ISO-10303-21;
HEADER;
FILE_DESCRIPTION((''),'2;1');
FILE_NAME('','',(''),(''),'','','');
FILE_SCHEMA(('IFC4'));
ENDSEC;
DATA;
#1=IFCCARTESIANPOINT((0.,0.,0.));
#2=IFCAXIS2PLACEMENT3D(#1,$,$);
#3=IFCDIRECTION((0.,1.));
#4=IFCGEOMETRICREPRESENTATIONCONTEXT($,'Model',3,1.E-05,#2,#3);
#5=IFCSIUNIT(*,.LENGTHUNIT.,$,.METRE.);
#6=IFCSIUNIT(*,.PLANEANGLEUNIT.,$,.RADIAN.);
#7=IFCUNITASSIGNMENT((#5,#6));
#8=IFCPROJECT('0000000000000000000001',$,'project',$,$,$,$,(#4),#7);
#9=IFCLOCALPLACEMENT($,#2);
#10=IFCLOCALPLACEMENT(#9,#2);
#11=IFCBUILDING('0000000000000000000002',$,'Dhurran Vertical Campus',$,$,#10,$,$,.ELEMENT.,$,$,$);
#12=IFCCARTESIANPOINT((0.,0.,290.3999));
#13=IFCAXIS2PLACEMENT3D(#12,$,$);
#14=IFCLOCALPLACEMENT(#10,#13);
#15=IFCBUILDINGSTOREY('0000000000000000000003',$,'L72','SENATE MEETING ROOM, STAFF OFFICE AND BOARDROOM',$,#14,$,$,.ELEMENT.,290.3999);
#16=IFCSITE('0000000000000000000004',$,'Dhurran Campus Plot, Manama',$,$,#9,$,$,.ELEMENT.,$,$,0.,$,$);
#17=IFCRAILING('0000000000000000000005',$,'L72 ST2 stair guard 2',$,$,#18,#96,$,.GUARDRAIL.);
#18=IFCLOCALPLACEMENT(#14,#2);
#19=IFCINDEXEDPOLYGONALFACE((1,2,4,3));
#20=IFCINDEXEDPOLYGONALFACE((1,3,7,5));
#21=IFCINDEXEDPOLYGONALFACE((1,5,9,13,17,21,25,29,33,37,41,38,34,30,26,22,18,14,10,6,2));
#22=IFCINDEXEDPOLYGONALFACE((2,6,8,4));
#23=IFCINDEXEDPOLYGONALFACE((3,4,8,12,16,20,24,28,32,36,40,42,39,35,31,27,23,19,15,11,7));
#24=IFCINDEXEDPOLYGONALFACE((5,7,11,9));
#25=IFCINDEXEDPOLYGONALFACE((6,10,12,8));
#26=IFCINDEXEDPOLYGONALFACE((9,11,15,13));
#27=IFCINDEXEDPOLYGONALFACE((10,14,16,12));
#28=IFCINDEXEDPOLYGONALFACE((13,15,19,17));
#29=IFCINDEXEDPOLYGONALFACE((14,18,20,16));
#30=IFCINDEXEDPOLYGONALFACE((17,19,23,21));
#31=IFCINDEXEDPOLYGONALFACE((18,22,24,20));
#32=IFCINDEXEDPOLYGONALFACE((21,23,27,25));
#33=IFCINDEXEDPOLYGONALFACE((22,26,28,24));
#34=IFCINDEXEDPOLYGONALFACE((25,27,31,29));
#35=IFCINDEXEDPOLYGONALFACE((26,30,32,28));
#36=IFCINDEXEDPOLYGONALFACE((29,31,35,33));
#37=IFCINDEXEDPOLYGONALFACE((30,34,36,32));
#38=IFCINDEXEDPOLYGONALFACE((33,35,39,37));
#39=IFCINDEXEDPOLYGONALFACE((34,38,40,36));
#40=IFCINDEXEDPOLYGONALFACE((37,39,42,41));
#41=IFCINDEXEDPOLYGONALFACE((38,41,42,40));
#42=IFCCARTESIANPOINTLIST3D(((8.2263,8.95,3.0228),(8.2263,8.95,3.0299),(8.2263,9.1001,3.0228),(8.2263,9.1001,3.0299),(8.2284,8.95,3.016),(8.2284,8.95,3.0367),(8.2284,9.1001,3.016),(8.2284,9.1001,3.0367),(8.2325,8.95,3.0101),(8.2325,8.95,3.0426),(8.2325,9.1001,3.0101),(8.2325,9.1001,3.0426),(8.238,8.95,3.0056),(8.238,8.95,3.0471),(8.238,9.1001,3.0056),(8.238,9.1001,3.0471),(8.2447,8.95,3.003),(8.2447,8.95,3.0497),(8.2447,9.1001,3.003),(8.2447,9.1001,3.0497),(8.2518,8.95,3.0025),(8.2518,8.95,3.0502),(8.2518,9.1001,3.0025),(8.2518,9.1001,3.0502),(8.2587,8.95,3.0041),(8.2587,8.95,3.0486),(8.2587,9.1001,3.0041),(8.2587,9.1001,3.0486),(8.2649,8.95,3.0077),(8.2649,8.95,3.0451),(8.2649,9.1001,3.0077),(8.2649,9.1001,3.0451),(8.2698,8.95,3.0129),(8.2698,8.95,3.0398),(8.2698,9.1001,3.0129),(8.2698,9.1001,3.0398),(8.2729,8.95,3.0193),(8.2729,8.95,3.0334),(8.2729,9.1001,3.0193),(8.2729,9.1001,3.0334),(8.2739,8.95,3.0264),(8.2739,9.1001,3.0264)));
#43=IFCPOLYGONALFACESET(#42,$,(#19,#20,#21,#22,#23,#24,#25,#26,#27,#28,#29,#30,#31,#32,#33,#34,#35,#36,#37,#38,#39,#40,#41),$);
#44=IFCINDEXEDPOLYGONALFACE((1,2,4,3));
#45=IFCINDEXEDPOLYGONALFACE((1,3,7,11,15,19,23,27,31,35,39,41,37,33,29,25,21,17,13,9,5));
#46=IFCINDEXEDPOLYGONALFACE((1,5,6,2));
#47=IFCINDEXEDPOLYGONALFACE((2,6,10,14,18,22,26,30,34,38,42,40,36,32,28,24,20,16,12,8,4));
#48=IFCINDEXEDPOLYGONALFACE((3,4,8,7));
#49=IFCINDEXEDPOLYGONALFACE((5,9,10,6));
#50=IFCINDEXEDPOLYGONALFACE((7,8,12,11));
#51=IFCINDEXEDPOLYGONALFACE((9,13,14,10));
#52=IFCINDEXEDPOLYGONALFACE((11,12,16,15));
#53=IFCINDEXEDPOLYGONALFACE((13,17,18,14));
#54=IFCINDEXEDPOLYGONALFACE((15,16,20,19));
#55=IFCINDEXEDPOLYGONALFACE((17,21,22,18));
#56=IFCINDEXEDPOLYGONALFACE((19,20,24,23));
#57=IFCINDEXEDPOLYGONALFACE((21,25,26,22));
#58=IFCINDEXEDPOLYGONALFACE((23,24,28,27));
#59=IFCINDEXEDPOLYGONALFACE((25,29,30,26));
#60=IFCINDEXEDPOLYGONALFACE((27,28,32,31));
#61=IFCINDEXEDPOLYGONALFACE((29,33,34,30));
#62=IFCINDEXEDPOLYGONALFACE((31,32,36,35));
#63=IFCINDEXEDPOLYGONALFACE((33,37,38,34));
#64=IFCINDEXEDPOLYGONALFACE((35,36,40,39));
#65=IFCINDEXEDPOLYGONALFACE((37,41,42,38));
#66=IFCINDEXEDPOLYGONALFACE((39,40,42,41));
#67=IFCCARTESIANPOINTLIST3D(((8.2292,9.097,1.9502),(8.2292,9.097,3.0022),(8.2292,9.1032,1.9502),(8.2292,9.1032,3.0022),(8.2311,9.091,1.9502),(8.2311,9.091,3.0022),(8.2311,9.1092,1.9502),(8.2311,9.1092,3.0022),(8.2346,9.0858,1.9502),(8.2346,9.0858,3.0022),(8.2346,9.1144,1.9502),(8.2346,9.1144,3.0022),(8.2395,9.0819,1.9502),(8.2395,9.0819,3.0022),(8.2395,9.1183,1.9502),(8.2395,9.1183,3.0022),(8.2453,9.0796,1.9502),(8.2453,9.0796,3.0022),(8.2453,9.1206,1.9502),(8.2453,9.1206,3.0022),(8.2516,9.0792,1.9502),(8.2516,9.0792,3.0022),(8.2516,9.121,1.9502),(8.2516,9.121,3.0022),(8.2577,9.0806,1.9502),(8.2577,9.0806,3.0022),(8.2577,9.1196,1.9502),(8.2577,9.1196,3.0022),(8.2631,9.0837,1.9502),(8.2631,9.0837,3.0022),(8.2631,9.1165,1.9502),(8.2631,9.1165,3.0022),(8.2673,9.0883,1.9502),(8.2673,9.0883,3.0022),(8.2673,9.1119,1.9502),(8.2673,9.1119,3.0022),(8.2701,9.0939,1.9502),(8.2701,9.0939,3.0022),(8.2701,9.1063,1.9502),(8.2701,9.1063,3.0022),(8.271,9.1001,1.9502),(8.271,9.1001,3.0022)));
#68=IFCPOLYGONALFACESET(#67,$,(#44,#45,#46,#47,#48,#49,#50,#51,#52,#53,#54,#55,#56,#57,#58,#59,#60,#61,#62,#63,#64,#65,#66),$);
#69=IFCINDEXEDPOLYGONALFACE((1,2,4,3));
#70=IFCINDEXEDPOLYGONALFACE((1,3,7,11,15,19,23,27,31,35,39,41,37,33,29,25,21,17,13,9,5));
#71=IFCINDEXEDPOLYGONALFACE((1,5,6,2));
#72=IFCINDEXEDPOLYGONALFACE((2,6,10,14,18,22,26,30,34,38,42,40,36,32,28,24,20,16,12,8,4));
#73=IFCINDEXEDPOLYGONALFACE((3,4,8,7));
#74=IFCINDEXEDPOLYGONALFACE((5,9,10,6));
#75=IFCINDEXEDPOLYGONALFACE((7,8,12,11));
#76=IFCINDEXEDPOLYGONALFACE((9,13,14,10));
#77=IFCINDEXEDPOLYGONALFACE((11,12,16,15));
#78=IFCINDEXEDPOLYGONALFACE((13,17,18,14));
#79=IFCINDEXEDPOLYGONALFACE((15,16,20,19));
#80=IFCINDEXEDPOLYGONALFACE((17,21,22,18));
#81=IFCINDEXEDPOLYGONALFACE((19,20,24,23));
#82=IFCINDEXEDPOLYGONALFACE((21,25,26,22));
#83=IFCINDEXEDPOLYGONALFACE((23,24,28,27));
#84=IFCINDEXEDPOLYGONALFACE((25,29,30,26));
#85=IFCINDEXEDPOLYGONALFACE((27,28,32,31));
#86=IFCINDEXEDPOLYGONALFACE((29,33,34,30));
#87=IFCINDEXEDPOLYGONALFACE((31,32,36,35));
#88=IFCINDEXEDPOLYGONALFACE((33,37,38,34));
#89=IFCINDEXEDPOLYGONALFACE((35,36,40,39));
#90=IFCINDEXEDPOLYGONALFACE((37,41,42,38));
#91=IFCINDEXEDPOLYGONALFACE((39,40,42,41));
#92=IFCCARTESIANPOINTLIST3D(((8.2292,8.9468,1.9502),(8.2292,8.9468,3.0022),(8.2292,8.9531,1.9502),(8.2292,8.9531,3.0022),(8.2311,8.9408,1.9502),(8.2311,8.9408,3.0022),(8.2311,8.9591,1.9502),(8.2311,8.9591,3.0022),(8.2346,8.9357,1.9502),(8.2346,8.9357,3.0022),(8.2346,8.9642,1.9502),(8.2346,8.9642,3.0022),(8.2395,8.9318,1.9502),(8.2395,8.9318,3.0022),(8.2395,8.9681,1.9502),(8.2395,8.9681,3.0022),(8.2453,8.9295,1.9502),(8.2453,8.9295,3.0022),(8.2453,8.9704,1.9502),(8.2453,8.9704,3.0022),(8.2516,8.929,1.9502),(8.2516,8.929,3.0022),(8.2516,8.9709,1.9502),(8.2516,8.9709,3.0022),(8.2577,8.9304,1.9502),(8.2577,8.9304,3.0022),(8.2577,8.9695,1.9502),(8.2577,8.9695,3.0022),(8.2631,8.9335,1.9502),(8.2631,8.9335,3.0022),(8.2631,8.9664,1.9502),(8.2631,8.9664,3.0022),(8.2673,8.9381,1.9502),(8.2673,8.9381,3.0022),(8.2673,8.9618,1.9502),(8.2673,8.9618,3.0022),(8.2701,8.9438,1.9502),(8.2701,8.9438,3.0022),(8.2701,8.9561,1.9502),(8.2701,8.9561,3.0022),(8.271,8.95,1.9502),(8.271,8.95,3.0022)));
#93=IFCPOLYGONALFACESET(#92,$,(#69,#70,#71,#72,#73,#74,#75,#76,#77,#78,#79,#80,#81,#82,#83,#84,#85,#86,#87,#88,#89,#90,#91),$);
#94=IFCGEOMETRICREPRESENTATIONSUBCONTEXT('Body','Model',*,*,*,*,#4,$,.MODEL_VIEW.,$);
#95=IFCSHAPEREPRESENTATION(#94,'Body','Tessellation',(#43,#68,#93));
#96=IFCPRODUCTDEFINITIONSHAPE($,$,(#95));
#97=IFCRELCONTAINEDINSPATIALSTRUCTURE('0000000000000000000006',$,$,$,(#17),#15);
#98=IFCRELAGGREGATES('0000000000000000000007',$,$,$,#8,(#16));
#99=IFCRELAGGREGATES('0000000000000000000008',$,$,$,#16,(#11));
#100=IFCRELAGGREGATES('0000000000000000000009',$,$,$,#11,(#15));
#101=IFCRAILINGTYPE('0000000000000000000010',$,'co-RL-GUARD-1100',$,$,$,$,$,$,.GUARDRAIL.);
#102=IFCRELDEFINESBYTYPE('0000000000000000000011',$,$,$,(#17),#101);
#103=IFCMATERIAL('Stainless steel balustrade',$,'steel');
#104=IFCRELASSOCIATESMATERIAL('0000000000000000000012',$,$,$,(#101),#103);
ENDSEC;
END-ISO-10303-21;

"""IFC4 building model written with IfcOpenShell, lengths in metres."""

from ifc_helpers import new_model, si_unit, direction, frame, origin, origin_2d, place, context, subcontext, project, spatial, circle, extrude, material, type_object, element, save


model = new_model("IFC4")

# Units and contexts
model_context = context("Model", 3, precision=1e-05, world=origin(), true_north=direction((0.0, 1.0)))
body_context = subcontext(model_context, "Body", "Model", "MODEL_VIEW")
ifc_project = project(units=[si_unit("LENGTHUNIT", "METRE"), si_unit("PLANEANGLEUNIT", "RADIAN")], contexts=[model_context])

# Site, building, storey
site_placement = place(None, origin())
site = spatial("IfcSite", under=ifc_project, at=site_placement, Name="Dhurran Campus Plot, Manama", CompositionType="ELEMENT", RefElevation=0.0)
building_placement = place(site_placement, origin())
building = spatial("IfcBuilding", under=site, at=building_placement, Name="Dhurran Vertical Campus", CompositionType="ELEMENT")
storey_placement = place(building_placement, frame((0.0, 0.0, 290.3999)))
storey = spatial("IfcBuildingStorey", under=building, at=storey_placement, Name="L72", Description="SENATE MEETING ROOM, STAFF OFFICE AND BOARDROOM", CompositionType="ELEMENT", Elevation=290.3999)

# Railing
ifc_material_1 = material(Name="Stainless steel balustrade", Category="steel")
railing_type_1 = type_object("IfcRailingType", Name="co-RL-GUARD-1100", PredefinedType="GUARDRAIL", material=ifc_material_1)
railing_1_placement = place(storey_placement, frame((8.25, 9.1001, 1.9502)))
element("IfcRailing", 1, at=railing_1_placement, inside=storey, type_object=railing_type_1, Name="L72 ST2 stair guard 2", PredefinedType="GUARDRAIL", context=body_context, shape_type="SweptSolid", body=[
    extrude(circle(Radius=0.0239, at=origin_2d()), frame((0.0, 0.0, 1.0762), z_axis=(0.0, -1.0, 0.0), x_axis=(1.0, 0.0, 0.0)), (0.0, 0.0, 1.0), 0.1501),
    extrude(circle(Radius=0.021, at=origin_2d()), origin(), (0.0, 0.0, 1.0), 1.052),
    extrude(circle(Radius=0.021, at=origin_2d()), frame((0.0, -0.1501, 0.0)), (0.0, 0.0, 1.0), 1.052),
])

save(model, "model.ifc")
